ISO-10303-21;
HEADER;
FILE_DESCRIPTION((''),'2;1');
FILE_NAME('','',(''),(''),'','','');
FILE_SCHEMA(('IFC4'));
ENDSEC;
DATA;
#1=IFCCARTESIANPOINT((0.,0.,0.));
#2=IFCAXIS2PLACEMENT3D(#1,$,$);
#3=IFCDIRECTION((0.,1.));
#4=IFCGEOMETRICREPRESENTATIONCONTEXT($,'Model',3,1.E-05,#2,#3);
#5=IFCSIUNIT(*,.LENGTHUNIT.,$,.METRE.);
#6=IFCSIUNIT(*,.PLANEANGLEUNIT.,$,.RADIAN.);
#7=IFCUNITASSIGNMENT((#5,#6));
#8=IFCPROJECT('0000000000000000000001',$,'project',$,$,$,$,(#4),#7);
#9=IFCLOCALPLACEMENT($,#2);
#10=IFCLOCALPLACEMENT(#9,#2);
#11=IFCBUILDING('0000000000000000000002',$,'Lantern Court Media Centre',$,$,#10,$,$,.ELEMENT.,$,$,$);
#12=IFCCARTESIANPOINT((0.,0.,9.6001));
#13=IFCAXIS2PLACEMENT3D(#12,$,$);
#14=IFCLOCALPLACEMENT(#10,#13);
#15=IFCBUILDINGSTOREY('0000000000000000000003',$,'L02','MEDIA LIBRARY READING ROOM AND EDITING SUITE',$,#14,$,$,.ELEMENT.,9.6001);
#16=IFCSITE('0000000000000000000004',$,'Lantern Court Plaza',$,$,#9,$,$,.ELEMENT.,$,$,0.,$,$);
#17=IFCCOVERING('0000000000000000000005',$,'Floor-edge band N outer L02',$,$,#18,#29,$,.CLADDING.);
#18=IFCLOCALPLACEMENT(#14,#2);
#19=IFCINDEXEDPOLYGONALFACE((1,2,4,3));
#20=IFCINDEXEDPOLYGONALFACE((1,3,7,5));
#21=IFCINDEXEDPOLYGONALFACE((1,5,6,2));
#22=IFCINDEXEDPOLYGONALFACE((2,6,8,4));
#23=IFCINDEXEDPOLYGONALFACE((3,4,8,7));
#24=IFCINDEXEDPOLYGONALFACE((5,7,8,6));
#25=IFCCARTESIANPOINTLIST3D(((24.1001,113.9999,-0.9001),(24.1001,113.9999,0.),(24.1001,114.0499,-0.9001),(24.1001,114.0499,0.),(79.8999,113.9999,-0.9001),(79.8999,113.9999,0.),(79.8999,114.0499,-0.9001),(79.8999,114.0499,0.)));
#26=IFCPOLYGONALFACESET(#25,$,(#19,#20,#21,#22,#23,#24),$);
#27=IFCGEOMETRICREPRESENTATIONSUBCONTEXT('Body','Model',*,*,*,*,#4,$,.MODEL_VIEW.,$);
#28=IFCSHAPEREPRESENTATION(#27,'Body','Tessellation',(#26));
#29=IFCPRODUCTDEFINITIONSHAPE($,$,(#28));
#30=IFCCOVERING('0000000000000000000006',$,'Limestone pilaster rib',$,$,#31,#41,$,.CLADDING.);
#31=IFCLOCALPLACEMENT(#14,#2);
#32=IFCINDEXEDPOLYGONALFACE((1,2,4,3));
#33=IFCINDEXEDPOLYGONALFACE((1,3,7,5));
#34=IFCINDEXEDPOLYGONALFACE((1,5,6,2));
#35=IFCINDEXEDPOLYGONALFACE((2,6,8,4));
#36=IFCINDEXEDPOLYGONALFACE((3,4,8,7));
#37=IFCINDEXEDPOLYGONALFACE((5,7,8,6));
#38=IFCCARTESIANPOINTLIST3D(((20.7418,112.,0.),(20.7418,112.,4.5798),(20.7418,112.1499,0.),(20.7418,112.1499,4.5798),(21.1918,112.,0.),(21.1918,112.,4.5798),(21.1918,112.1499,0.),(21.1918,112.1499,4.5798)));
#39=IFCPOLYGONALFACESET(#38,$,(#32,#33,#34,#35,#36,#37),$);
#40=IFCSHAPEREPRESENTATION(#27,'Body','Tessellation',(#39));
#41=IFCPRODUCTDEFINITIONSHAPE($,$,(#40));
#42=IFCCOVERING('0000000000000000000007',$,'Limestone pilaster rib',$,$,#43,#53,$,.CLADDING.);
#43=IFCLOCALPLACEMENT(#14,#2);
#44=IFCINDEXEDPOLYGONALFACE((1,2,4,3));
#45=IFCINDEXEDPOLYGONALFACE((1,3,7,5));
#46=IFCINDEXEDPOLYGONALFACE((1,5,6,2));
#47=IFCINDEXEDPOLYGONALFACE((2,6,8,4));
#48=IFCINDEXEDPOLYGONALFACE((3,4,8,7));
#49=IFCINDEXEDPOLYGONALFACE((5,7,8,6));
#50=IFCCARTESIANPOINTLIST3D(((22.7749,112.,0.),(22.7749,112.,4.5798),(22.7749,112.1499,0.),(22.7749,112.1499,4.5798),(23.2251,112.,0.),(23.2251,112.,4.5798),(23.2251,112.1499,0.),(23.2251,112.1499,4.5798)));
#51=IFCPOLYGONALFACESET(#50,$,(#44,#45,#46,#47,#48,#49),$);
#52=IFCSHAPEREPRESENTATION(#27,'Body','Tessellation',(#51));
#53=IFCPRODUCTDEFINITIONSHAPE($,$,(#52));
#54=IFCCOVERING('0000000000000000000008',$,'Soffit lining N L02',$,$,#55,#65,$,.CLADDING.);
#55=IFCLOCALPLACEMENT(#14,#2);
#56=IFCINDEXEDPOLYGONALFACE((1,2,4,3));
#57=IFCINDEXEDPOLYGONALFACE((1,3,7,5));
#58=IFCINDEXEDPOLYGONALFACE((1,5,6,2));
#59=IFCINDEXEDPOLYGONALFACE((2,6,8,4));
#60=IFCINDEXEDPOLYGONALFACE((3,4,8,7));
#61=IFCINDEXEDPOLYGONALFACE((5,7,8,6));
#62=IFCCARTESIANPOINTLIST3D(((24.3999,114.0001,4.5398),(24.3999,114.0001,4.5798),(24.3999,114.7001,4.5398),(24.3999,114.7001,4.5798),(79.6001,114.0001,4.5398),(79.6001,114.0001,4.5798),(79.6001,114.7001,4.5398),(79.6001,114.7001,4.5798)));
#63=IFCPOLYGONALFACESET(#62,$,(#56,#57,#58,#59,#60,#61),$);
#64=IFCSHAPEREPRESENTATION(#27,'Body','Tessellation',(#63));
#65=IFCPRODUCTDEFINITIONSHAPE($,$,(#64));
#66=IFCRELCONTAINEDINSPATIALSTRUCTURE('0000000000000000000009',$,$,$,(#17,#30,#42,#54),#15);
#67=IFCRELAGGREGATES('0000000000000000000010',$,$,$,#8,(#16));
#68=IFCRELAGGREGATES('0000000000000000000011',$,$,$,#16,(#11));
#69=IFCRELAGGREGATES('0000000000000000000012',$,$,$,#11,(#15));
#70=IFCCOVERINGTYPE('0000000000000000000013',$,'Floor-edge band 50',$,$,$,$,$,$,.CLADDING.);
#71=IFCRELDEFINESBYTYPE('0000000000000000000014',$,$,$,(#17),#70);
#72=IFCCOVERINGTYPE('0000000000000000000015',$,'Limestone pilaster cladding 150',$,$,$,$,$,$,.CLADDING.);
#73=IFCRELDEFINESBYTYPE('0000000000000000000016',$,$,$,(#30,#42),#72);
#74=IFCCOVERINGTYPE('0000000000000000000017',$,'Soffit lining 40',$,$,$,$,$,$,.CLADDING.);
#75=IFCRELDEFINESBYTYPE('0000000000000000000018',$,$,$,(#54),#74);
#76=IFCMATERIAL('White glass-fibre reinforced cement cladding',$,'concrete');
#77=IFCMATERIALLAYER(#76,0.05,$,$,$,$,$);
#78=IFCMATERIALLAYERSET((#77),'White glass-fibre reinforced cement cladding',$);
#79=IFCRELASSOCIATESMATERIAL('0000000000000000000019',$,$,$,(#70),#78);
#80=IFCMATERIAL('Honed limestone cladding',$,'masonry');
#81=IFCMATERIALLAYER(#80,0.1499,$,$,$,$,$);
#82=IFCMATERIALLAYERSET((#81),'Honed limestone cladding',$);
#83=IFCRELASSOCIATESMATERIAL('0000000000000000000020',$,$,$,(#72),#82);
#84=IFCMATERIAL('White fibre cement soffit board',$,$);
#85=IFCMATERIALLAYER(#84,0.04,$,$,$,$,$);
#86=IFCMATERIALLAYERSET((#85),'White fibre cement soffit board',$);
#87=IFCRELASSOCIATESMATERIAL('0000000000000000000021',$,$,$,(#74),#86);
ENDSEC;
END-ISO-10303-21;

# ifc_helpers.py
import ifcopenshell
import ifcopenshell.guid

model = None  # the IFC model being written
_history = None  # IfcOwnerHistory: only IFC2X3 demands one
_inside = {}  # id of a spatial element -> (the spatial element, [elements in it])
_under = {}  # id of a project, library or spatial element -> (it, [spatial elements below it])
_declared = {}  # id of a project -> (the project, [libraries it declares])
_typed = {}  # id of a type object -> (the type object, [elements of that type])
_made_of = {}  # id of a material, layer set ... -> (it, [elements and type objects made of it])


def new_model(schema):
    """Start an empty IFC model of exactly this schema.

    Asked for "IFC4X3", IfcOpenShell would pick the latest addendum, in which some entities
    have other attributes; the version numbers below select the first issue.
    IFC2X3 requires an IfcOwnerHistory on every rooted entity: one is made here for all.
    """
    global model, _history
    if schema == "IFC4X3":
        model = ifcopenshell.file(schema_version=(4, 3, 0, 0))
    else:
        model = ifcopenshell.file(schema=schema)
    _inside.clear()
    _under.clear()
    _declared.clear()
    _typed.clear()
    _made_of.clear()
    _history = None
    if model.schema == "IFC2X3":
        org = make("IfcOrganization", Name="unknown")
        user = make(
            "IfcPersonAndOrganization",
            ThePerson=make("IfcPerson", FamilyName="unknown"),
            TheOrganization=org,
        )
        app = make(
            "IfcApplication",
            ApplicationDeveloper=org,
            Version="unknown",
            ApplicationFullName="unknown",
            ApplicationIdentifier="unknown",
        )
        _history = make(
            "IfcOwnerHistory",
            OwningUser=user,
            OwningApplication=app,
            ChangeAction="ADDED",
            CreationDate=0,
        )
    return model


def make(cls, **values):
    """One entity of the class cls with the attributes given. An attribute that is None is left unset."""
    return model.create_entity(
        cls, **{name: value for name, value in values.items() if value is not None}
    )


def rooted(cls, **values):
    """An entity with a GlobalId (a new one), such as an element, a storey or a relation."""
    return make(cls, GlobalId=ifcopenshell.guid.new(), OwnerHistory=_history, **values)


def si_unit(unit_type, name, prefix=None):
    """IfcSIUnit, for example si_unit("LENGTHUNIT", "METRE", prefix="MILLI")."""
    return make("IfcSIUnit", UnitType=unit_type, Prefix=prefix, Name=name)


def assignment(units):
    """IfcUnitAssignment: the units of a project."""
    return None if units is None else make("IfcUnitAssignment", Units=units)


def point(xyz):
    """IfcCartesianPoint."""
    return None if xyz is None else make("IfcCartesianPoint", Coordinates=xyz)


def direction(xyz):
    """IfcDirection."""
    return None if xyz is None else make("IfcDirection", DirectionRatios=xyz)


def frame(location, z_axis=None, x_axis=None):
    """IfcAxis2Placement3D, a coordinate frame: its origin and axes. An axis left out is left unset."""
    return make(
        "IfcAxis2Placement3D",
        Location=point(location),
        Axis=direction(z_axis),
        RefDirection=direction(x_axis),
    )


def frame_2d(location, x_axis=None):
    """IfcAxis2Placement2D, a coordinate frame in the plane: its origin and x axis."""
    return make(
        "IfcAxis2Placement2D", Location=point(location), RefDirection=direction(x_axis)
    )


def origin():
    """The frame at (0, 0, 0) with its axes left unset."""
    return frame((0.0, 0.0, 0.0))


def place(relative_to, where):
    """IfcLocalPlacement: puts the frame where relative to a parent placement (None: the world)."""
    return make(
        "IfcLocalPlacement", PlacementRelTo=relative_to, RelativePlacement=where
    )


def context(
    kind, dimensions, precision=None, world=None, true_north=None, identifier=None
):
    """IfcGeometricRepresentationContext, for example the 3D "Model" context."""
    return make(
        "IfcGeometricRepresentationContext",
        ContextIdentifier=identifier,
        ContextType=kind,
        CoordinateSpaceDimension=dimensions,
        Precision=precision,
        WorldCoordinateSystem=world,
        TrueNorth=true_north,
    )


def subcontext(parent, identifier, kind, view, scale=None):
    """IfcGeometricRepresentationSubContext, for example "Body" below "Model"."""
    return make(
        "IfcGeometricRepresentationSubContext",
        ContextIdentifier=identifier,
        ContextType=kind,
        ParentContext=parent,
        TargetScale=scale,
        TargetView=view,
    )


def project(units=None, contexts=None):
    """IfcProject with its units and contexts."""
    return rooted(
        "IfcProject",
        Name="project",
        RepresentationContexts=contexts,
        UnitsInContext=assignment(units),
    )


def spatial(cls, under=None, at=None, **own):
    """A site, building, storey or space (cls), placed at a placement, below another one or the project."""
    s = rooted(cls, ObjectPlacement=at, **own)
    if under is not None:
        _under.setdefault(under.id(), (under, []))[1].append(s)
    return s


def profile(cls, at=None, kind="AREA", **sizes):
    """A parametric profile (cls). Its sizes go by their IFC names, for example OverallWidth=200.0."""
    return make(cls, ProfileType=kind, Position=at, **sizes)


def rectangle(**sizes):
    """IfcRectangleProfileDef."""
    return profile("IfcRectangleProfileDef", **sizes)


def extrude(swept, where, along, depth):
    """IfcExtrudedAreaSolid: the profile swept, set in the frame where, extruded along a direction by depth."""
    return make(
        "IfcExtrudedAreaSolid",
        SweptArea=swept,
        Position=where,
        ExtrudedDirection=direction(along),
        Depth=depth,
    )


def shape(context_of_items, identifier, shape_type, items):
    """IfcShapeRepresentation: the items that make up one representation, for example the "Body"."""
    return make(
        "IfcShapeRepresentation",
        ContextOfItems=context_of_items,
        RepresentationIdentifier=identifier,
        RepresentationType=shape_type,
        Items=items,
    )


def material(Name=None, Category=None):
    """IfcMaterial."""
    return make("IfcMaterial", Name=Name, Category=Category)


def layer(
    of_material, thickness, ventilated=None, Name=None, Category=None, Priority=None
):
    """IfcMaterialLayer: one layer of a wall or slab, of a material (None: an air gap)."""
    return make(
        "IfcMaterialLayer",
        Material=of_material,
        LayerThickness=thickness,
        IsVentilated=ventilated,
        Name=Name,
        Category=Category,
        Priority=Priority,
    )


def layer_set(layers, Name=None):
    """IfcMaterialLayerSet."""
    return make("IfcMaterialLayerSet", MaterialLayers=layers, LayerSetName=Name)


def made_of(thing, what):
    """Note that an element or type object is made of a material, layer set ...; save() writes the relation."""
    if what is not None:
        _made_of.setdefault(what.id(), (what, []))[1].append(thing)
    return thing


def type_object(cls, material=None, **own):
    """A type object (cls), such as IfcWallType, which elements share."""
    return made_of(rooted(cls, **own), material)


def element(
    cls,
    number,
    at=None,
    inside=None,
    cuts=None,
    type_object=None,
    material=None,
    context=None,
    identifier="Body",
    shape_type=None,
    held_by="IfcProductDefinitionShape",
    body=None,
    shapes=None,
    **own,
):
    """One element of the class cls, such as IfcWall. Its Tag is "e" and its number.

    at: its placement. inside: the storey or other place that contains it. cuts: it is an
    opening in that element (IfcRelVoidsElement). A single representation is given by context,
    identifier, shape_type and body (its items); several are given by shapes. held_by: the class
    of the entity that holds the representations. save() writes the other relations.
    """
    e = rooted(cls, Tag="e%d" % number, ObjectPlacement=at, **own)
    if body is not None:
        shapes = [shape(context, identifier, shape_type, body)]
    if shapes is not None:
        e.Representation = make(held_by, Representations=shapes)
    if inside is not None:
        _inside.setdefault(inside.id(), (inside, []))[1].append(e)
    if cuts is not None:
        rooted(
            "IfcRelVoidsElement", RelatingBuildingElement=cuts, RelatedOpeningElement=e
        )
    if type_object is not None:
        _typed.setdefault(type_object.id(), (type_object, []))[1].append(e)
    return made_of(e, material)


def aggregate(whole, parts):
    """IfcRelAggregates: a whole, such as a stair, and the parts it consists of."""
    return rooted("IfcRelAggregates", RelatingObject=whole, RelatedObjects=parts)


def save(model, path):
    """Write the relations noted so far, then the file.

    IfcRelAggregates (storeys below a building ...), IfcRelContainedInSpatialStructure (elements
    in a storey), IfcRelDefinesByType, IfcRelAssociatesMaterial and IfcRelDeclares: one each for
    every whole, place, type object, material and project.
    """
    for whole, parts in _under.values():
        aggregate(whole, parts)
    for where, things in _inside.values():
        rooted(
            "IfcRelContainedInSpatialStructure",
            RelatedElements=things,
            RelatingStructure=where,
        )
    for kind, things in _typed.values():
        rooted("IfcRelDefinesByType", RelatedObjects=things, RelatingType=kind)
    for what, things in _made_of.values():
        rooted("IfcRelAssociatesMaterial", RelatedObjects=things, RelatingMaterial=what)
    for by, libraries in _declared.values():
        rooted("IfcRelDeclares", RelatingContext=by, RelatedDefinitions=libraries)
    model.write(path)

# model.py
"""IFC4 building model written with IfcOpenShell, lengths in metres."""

from ifc_helpers import new_model, si_unit, direction, frame, frame_2d, origin, place, context, subcontext, project, spatial, rectangle, extrude, material, layer, layer_set, type_object, element, save


model = new_model("IFC4")

# Units and contexts
model_context = context("Model", 3, precision=1e-05, world=origin(), true_north=direction((0.0, 1.0)))
body_context = subcontext(model_context, "Body", "Model", "MODEL_VIEW")
ifc_project = project(units=[si_unit("LENGTHUNIT", "METRE"), si_unit("PLANEANGLEUNIT", "RADIAN")], contexts=[model_context])

# Site, building, storey
site_placement = place(None, origin())
site = spatial("IfcSite", under=ifc_project, at=site_placement, Name="Lantern Court Plaza", CompositionType="ELEMENT", RefElevation=0.0)
building_placement = place(site_placement, origin())
building = spatial("IfcBuilding", under=site, at=building_placement, Name="Lantern Court Media Centre", CompositionType="ELEMENT")
storey_placement = place(building_placement, frame((0.0, 0.0, 9.6001)))
storey = spatial("IfcBuildingStorey", under=building, at=storey_placement, Name="L02", Description="MEDIA LIBRARY READING ROOM AND EDITING SUITE", CompositionType="ELEMENT", Elevation=9.6001)

# Coverings
ifc_material_1 = material(Name="White glass-fibre reinforced cement cladding", Category="concrete")
ifc_layer_1 = layer(ifc_material_1, 0.05)
ifc_layer_set_1 = layer_set([ifc_layer_1], Name="White glass-fibre reinforced cement cladding")
covering_type_1 = type_object("IfcCoveringType", Name="Floor-edge band 50", PredefinedType="CLADDING", material=ifc_layer_set_1)
covering_1_placement = place(storey_placement, frame((24.1001, 114.0249, -0.9001), z_axis=(0.0, 0.0, 1.0), x_axis=(1.0, 0.0, 0.0)))
element("IfcCovering", 1, at=covering_1_placement, inside=storey, type_object=covering_type_1, Name="Floor-edge band N outer L02", PredefinedType="CLADDING", context=body_context, shape_type="SweptSolid", body=[
    extrude(rectangle(XDim=55.7998, YDim=0.05, at=frame_2d((27.8999, 0.0))), origin(), (0.0, 0.0, 1.0), 0.9001),
])
ifc_material_2 = material(Name="Honed limestone cladding", Category="masonry")
ifc_layer_2 = layer(ifc_material_2, 0.1499)
ifc_layer_set_2 = layer_set([ifc_layer_2], Name="Honed limestone cladding")
covering_type_2 = type_object("IfcCoveringType", Name="Limestone pilaster cladding 150", PredefinedType="CLADDING", material=ifc_layer_set_2)
covering_2_placement = place(storey_placement, frame((20.7417, 112.075, 0.0), z_axis=(0.0, 0.0, 1.0), x_axis=(1.0, 0.0, 0.0)))
element("IfcCovering", 2, at=covering_2_placement, inside=storey, type_object=covering_type_2, Name="Limestone pilaster rib", PredefinedType="CLADDING", context=body_context, shape_type="SweptSolid", body=[
    extrude(rectangle(XDim=0.45, YDim=0.1499, at=frame_2d((0.2251, 0.0))), origin(), (0.0, 0.0, 1.0), 4.5798),
])
covering_3_placement = place(storey_placement, frame((22.7749, 112.075, 0.0), z_axis=(0.0, 0.0, 1.0), x_axis=(1.0, 0.0, 0.0)))
element("IfcCovering", 3, at=covering_3_placement, inside=storey, type_object=covering_type_2, Name="Limestone pilaster rib", PredefinedType="CLADDING", context=body_context, shape_type="SweptSolid", body=[
    extrude(rectangle(XDim=0.4502, YDim=0.1499, at=frame_2d((0.2251, 0.0))), origin(), (0.0, 0.0, 1.0), 4.5798),
])
ifc_material_3 = material(Name="White fibre cement soffit board")
ifc_layer_3 = layer(ifc_material_3, 0.04)
ifc_layer_set_3 = layer_set([ifc_layer_3], Name="White fibre cement soffit board")
covering_type_3 = type_object("IfcCoveringType", Name="Soffit lining 40", PredefinedType="CLADDING", material=ifc_layer_set_3)
covering_4_placement = place(storey_placement, frame((24.3999, 114.3501, 4.5398), z_axis=(0.0, 0.0, 1.0), x_axis=(1.0, 0.0, 0.0)))
element("IfcCovering", 4, at=covering_4_placement, inside=storey, type_object=covering_type_3, Name="Soffit lining N L02", PredefinedType="CLADDING", context=body_context, shape_type="SweptSolid", body=[
    extrude(rectangle(XDim=55.2002, YDim=0.7, at=frame_2d((27.6001, 0.0))), origin(), (0.0, 0.0, 1.0), 0.04),
])

save(model, "model.ifc")
